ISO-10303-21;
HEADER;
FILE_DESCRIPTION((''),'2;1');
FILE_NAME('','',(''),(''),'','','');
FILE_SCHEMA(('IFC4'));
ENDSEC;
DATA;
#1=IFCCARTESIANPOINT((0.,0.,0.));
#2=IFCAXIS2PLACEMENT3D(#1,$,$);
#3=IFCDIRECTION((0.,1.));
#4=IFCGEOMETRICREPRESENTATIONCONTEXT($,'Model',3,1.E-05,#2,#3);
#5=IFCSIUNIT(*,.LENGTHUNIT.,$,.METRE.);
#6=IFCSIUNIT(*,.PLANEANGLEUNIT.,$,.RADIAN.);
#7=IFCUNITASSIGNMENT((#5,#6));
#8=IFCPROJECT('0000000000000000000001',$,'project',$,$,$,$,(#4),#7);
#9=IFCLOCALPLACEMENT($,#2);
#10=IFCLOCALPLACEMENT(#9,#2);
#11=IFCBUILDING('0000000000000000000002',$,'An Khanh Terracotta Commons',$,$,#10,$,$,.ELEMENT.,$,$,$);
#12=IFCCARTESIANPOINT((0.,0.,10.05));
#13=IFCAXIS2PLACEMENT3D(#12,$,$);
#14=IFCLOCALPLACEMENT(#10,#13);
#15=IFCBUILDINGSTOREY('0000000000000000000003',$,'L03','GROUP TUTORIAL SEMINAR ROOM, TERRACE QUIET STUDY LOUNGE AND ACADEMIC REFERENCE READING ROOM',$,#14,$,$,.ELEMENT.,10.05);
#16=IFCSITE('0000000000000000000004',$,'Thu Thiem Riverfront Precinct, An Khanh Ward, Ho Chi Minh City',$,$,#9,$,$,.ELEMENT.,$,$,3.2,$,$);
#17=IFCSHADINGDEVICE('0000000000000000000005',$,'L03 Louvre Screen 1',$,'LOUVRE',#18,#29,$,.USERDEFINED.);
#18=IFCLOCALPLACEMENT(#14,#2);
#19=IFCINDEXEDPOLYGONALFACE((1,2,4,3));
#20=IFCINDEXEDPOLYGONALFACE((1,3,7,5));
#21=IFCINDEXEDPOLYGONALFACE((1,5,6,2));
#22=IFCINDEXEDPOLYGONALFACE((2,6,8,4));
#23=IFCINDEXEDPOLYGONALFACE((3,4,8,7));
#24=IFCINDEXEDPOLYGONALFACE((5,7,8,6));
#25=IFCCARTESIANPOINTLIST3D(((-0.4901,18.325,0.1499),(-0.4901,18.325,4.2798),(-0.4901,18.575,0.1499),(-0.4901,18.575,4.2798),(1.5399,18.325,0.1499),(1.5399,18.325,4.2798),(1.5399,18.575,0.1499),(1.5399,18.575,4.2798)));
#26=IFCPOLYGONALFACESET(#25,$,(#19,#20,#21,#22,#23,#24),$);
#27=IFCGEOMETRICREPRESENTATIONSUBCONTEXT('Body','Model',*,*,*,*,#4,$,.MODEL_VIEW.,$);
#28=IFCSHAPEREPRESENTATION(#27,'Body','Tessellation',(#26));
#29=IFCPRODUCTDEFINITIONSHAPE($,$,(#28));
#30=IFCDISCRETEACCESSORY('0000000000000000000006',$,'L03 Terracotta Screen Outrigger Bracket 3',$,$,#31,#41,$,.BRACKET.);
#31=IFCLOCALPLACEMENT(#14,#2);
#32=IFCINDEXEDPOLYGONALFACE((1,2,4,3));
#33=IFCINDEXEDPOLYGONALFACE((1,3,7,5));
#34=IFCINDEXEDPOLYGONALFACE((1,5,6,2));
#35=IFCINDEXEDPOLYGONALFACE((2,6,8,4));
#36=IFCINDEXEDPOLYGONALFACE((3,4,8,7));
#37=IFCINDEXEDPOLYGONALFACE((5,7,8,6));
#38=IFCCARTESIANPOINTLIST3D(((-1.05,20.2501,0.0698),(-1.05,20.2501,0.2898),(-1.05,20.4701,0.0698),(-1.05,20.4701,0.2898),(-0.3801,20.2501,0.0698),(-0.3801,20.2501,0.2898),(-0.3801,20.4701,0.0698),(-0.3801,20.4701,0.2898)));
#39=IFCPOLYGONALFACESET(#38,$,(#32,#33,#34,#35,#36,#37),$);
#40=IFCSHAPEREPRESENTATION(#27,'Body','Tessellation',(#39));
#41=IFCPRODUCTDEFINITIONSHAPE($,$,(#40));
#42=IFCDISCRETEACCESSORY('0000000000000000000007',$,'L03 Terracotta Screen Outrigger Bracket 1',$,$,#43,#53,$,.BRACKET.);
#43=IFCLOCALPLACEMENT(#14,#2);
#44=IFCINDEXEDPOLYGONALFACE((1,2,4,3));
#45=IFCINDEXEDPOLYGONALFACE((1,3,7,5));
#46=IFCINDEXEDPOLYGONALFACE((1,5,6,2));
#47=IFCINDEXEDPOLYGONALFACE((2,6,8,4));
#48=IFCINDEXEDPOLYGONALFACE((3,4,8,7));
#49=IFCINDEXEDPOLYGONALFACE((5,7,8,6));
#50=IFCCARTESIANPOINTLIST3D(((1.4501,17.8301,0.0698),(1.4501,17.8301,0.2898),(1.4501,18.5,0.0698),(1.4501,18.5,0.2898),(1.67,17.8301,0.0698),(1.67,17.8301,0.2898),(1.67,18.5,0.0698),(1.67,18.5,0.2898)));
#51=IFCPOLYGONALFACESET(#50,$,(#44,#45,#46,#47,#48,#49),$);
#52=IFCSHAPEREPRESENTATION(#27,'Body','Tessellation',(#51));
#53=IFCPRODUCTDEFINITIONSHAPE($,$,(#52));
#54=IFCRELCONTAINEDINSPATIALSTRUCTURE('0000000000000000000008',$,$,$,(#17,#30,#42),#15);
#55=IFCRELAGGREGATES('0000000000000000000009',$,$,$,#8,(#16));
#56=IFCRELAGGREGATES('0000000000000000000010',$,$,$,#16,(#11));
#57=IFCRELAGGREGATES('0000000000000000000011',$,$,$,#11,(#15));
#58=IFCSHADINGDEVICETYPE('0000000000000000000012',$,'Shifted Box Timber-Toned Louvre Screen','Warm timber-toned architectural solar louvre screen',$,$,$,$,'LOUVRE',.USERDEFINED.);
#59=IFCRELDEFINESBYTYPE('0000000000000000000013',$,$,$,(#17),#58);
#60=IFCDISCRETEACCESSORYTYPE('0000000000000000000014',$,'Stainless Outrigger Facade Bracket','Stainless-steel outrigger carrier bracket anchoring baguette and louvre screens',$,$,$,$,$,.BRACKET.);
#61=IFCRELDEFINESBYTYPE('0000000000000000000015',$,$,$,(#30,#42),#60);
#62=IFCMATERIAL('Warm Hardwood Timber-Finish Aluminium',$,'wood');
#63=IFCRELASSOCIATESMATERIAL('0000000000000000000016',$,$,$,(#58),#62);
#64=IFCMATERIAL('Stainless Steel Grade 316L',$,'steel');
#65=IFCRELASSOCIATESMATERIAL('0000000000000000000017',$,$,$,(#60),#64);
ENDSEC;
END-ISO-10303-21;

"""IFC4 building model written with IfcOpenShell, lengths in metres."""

from ifc_helpers import new_model, si_unit, direction, frame, origin, origin_2d, place, context, subcontext, project, spatial, rectangle, extrude, material, type_object, element, save


model = new_model("IFC4")

# Units and contexts
model_context = context("Model", 3, precision=1e-05, world=origin(), true_north=direction((0.0, 1.0)))
body_context = subcontext(model_context, "Body", "Model", "MODEL_VIEW")
ifc_project = project(units=[si_unit("LENGTHUNIT", "METRE"), si_unit("PLANEANGLEUNIT", "RADIAN")], contexts=[model_context])

# Site, building, storey
site_placement = place(None, origin())
site = spatial("IfcSite", under=ifc_project, at=site_placement, Name="Thu Thiem Riverfront Precinct, An Khanh Ward, Ho Chi Minh City", CompositionType="ELEMENT", RefElevation=3.2)
building_placement = place(site_placement, origin())
building = spatial("IfcBuilding", under=site, at=building_placement, Name="An Khanh Terracotta Commons", CompositionType="ELEMENT")
storey_placement = place(building_placement, frame((0.0, 0.0, 10.05)))
storey = spatial("IfcBuildingStorey", under=building, at=storey_placement, Name="L03", Description="GROUP TUTORIAL SEMINAR ROOM, TERRACE QUIET STUDY LOUNGE AND ACADEMIC REFERENCE READING ROOM", CompositionType="ELEMENT", Elevation=10.05)

# Shading device
ifc_material_1 = material(Name="Warm Hardwood Timber-Finish Aluminium", Category="wood")
shading_device_type = type_object("IfcShadingDeviceType", Name="Shifted Box Timber-Toned Louvre Screen", Description="Warm timber-toned architectural solar louvre screen", ElementType="LOUVRE", PredefinedType="USERDEFINED", material=ifc_material_1)
shading_device_1_placement = place(storey_placement, frame((0.5249, 18.45, 0.1499), z_axis=(0.0, 0.0, 1.0), x_axis=(-1.0, 0.0, 0.0)))
element("IfcShadingDevice", 1, at=shading_device_1_placement, inside=storey, type_object=shading_device_type, Name="L03 Louvre Screen 1", ObjectType="LOUVRE", PredefinedType="USERDEFINED", context=body_context, shape_type="SweptSolid", body=[
    extrude(rectangle(XDim=2.03, YDim=0.25, at=origin_2d()), origin(), (0.0, 0.0, 1.0), 4.1299),
])

# Discrete accessories
ifc_material_2 = material(Name="Stainless Steel Grade 316L", Category="steel")
discrete_accessory_type = type_object("IfcDiscreteAccessoryType", Name="Stainless Outrigger Facade Bracket", Description="Stainless-steel outrigger carrier bracket anchoring baguette and louvre screens", PredefinedType="BRACKET", material=ifc_material_2)
for number, where, z_axis, x_axis, name in (
    (2, (-0.7151, 20.3601, 0.0698), (0.0, 0.0, 1.0), (0.0, -1.0, 0.0), "L03 Terracotta Screen Outrigger Bracket 3"),
    (3, (1.5601, 18.165, 0.0698), (0.0, 0.0, 1.0), (-1.0, 0.0, 0.0), "L03 Terracotta Screen Outrigger Bracket 1"),
):
    element("IfcDiscreteAccessory", number, at=place(storey_placement, frame(where, z_axis=z_axis, x_axis=x_axis)), inside=storey, type_object=discrete_accessory_type, Name=name, PredefinedType="BRACKET", context=body_context, shape_type="SweptSolid", body=[
        extrude(rectangle(XDim=0.22, YDim=0.6699, at=origin_2d()), origin(), (0.0, 0.0, 1.0), 0.22),
    ])

save(model, "model.ifc")
